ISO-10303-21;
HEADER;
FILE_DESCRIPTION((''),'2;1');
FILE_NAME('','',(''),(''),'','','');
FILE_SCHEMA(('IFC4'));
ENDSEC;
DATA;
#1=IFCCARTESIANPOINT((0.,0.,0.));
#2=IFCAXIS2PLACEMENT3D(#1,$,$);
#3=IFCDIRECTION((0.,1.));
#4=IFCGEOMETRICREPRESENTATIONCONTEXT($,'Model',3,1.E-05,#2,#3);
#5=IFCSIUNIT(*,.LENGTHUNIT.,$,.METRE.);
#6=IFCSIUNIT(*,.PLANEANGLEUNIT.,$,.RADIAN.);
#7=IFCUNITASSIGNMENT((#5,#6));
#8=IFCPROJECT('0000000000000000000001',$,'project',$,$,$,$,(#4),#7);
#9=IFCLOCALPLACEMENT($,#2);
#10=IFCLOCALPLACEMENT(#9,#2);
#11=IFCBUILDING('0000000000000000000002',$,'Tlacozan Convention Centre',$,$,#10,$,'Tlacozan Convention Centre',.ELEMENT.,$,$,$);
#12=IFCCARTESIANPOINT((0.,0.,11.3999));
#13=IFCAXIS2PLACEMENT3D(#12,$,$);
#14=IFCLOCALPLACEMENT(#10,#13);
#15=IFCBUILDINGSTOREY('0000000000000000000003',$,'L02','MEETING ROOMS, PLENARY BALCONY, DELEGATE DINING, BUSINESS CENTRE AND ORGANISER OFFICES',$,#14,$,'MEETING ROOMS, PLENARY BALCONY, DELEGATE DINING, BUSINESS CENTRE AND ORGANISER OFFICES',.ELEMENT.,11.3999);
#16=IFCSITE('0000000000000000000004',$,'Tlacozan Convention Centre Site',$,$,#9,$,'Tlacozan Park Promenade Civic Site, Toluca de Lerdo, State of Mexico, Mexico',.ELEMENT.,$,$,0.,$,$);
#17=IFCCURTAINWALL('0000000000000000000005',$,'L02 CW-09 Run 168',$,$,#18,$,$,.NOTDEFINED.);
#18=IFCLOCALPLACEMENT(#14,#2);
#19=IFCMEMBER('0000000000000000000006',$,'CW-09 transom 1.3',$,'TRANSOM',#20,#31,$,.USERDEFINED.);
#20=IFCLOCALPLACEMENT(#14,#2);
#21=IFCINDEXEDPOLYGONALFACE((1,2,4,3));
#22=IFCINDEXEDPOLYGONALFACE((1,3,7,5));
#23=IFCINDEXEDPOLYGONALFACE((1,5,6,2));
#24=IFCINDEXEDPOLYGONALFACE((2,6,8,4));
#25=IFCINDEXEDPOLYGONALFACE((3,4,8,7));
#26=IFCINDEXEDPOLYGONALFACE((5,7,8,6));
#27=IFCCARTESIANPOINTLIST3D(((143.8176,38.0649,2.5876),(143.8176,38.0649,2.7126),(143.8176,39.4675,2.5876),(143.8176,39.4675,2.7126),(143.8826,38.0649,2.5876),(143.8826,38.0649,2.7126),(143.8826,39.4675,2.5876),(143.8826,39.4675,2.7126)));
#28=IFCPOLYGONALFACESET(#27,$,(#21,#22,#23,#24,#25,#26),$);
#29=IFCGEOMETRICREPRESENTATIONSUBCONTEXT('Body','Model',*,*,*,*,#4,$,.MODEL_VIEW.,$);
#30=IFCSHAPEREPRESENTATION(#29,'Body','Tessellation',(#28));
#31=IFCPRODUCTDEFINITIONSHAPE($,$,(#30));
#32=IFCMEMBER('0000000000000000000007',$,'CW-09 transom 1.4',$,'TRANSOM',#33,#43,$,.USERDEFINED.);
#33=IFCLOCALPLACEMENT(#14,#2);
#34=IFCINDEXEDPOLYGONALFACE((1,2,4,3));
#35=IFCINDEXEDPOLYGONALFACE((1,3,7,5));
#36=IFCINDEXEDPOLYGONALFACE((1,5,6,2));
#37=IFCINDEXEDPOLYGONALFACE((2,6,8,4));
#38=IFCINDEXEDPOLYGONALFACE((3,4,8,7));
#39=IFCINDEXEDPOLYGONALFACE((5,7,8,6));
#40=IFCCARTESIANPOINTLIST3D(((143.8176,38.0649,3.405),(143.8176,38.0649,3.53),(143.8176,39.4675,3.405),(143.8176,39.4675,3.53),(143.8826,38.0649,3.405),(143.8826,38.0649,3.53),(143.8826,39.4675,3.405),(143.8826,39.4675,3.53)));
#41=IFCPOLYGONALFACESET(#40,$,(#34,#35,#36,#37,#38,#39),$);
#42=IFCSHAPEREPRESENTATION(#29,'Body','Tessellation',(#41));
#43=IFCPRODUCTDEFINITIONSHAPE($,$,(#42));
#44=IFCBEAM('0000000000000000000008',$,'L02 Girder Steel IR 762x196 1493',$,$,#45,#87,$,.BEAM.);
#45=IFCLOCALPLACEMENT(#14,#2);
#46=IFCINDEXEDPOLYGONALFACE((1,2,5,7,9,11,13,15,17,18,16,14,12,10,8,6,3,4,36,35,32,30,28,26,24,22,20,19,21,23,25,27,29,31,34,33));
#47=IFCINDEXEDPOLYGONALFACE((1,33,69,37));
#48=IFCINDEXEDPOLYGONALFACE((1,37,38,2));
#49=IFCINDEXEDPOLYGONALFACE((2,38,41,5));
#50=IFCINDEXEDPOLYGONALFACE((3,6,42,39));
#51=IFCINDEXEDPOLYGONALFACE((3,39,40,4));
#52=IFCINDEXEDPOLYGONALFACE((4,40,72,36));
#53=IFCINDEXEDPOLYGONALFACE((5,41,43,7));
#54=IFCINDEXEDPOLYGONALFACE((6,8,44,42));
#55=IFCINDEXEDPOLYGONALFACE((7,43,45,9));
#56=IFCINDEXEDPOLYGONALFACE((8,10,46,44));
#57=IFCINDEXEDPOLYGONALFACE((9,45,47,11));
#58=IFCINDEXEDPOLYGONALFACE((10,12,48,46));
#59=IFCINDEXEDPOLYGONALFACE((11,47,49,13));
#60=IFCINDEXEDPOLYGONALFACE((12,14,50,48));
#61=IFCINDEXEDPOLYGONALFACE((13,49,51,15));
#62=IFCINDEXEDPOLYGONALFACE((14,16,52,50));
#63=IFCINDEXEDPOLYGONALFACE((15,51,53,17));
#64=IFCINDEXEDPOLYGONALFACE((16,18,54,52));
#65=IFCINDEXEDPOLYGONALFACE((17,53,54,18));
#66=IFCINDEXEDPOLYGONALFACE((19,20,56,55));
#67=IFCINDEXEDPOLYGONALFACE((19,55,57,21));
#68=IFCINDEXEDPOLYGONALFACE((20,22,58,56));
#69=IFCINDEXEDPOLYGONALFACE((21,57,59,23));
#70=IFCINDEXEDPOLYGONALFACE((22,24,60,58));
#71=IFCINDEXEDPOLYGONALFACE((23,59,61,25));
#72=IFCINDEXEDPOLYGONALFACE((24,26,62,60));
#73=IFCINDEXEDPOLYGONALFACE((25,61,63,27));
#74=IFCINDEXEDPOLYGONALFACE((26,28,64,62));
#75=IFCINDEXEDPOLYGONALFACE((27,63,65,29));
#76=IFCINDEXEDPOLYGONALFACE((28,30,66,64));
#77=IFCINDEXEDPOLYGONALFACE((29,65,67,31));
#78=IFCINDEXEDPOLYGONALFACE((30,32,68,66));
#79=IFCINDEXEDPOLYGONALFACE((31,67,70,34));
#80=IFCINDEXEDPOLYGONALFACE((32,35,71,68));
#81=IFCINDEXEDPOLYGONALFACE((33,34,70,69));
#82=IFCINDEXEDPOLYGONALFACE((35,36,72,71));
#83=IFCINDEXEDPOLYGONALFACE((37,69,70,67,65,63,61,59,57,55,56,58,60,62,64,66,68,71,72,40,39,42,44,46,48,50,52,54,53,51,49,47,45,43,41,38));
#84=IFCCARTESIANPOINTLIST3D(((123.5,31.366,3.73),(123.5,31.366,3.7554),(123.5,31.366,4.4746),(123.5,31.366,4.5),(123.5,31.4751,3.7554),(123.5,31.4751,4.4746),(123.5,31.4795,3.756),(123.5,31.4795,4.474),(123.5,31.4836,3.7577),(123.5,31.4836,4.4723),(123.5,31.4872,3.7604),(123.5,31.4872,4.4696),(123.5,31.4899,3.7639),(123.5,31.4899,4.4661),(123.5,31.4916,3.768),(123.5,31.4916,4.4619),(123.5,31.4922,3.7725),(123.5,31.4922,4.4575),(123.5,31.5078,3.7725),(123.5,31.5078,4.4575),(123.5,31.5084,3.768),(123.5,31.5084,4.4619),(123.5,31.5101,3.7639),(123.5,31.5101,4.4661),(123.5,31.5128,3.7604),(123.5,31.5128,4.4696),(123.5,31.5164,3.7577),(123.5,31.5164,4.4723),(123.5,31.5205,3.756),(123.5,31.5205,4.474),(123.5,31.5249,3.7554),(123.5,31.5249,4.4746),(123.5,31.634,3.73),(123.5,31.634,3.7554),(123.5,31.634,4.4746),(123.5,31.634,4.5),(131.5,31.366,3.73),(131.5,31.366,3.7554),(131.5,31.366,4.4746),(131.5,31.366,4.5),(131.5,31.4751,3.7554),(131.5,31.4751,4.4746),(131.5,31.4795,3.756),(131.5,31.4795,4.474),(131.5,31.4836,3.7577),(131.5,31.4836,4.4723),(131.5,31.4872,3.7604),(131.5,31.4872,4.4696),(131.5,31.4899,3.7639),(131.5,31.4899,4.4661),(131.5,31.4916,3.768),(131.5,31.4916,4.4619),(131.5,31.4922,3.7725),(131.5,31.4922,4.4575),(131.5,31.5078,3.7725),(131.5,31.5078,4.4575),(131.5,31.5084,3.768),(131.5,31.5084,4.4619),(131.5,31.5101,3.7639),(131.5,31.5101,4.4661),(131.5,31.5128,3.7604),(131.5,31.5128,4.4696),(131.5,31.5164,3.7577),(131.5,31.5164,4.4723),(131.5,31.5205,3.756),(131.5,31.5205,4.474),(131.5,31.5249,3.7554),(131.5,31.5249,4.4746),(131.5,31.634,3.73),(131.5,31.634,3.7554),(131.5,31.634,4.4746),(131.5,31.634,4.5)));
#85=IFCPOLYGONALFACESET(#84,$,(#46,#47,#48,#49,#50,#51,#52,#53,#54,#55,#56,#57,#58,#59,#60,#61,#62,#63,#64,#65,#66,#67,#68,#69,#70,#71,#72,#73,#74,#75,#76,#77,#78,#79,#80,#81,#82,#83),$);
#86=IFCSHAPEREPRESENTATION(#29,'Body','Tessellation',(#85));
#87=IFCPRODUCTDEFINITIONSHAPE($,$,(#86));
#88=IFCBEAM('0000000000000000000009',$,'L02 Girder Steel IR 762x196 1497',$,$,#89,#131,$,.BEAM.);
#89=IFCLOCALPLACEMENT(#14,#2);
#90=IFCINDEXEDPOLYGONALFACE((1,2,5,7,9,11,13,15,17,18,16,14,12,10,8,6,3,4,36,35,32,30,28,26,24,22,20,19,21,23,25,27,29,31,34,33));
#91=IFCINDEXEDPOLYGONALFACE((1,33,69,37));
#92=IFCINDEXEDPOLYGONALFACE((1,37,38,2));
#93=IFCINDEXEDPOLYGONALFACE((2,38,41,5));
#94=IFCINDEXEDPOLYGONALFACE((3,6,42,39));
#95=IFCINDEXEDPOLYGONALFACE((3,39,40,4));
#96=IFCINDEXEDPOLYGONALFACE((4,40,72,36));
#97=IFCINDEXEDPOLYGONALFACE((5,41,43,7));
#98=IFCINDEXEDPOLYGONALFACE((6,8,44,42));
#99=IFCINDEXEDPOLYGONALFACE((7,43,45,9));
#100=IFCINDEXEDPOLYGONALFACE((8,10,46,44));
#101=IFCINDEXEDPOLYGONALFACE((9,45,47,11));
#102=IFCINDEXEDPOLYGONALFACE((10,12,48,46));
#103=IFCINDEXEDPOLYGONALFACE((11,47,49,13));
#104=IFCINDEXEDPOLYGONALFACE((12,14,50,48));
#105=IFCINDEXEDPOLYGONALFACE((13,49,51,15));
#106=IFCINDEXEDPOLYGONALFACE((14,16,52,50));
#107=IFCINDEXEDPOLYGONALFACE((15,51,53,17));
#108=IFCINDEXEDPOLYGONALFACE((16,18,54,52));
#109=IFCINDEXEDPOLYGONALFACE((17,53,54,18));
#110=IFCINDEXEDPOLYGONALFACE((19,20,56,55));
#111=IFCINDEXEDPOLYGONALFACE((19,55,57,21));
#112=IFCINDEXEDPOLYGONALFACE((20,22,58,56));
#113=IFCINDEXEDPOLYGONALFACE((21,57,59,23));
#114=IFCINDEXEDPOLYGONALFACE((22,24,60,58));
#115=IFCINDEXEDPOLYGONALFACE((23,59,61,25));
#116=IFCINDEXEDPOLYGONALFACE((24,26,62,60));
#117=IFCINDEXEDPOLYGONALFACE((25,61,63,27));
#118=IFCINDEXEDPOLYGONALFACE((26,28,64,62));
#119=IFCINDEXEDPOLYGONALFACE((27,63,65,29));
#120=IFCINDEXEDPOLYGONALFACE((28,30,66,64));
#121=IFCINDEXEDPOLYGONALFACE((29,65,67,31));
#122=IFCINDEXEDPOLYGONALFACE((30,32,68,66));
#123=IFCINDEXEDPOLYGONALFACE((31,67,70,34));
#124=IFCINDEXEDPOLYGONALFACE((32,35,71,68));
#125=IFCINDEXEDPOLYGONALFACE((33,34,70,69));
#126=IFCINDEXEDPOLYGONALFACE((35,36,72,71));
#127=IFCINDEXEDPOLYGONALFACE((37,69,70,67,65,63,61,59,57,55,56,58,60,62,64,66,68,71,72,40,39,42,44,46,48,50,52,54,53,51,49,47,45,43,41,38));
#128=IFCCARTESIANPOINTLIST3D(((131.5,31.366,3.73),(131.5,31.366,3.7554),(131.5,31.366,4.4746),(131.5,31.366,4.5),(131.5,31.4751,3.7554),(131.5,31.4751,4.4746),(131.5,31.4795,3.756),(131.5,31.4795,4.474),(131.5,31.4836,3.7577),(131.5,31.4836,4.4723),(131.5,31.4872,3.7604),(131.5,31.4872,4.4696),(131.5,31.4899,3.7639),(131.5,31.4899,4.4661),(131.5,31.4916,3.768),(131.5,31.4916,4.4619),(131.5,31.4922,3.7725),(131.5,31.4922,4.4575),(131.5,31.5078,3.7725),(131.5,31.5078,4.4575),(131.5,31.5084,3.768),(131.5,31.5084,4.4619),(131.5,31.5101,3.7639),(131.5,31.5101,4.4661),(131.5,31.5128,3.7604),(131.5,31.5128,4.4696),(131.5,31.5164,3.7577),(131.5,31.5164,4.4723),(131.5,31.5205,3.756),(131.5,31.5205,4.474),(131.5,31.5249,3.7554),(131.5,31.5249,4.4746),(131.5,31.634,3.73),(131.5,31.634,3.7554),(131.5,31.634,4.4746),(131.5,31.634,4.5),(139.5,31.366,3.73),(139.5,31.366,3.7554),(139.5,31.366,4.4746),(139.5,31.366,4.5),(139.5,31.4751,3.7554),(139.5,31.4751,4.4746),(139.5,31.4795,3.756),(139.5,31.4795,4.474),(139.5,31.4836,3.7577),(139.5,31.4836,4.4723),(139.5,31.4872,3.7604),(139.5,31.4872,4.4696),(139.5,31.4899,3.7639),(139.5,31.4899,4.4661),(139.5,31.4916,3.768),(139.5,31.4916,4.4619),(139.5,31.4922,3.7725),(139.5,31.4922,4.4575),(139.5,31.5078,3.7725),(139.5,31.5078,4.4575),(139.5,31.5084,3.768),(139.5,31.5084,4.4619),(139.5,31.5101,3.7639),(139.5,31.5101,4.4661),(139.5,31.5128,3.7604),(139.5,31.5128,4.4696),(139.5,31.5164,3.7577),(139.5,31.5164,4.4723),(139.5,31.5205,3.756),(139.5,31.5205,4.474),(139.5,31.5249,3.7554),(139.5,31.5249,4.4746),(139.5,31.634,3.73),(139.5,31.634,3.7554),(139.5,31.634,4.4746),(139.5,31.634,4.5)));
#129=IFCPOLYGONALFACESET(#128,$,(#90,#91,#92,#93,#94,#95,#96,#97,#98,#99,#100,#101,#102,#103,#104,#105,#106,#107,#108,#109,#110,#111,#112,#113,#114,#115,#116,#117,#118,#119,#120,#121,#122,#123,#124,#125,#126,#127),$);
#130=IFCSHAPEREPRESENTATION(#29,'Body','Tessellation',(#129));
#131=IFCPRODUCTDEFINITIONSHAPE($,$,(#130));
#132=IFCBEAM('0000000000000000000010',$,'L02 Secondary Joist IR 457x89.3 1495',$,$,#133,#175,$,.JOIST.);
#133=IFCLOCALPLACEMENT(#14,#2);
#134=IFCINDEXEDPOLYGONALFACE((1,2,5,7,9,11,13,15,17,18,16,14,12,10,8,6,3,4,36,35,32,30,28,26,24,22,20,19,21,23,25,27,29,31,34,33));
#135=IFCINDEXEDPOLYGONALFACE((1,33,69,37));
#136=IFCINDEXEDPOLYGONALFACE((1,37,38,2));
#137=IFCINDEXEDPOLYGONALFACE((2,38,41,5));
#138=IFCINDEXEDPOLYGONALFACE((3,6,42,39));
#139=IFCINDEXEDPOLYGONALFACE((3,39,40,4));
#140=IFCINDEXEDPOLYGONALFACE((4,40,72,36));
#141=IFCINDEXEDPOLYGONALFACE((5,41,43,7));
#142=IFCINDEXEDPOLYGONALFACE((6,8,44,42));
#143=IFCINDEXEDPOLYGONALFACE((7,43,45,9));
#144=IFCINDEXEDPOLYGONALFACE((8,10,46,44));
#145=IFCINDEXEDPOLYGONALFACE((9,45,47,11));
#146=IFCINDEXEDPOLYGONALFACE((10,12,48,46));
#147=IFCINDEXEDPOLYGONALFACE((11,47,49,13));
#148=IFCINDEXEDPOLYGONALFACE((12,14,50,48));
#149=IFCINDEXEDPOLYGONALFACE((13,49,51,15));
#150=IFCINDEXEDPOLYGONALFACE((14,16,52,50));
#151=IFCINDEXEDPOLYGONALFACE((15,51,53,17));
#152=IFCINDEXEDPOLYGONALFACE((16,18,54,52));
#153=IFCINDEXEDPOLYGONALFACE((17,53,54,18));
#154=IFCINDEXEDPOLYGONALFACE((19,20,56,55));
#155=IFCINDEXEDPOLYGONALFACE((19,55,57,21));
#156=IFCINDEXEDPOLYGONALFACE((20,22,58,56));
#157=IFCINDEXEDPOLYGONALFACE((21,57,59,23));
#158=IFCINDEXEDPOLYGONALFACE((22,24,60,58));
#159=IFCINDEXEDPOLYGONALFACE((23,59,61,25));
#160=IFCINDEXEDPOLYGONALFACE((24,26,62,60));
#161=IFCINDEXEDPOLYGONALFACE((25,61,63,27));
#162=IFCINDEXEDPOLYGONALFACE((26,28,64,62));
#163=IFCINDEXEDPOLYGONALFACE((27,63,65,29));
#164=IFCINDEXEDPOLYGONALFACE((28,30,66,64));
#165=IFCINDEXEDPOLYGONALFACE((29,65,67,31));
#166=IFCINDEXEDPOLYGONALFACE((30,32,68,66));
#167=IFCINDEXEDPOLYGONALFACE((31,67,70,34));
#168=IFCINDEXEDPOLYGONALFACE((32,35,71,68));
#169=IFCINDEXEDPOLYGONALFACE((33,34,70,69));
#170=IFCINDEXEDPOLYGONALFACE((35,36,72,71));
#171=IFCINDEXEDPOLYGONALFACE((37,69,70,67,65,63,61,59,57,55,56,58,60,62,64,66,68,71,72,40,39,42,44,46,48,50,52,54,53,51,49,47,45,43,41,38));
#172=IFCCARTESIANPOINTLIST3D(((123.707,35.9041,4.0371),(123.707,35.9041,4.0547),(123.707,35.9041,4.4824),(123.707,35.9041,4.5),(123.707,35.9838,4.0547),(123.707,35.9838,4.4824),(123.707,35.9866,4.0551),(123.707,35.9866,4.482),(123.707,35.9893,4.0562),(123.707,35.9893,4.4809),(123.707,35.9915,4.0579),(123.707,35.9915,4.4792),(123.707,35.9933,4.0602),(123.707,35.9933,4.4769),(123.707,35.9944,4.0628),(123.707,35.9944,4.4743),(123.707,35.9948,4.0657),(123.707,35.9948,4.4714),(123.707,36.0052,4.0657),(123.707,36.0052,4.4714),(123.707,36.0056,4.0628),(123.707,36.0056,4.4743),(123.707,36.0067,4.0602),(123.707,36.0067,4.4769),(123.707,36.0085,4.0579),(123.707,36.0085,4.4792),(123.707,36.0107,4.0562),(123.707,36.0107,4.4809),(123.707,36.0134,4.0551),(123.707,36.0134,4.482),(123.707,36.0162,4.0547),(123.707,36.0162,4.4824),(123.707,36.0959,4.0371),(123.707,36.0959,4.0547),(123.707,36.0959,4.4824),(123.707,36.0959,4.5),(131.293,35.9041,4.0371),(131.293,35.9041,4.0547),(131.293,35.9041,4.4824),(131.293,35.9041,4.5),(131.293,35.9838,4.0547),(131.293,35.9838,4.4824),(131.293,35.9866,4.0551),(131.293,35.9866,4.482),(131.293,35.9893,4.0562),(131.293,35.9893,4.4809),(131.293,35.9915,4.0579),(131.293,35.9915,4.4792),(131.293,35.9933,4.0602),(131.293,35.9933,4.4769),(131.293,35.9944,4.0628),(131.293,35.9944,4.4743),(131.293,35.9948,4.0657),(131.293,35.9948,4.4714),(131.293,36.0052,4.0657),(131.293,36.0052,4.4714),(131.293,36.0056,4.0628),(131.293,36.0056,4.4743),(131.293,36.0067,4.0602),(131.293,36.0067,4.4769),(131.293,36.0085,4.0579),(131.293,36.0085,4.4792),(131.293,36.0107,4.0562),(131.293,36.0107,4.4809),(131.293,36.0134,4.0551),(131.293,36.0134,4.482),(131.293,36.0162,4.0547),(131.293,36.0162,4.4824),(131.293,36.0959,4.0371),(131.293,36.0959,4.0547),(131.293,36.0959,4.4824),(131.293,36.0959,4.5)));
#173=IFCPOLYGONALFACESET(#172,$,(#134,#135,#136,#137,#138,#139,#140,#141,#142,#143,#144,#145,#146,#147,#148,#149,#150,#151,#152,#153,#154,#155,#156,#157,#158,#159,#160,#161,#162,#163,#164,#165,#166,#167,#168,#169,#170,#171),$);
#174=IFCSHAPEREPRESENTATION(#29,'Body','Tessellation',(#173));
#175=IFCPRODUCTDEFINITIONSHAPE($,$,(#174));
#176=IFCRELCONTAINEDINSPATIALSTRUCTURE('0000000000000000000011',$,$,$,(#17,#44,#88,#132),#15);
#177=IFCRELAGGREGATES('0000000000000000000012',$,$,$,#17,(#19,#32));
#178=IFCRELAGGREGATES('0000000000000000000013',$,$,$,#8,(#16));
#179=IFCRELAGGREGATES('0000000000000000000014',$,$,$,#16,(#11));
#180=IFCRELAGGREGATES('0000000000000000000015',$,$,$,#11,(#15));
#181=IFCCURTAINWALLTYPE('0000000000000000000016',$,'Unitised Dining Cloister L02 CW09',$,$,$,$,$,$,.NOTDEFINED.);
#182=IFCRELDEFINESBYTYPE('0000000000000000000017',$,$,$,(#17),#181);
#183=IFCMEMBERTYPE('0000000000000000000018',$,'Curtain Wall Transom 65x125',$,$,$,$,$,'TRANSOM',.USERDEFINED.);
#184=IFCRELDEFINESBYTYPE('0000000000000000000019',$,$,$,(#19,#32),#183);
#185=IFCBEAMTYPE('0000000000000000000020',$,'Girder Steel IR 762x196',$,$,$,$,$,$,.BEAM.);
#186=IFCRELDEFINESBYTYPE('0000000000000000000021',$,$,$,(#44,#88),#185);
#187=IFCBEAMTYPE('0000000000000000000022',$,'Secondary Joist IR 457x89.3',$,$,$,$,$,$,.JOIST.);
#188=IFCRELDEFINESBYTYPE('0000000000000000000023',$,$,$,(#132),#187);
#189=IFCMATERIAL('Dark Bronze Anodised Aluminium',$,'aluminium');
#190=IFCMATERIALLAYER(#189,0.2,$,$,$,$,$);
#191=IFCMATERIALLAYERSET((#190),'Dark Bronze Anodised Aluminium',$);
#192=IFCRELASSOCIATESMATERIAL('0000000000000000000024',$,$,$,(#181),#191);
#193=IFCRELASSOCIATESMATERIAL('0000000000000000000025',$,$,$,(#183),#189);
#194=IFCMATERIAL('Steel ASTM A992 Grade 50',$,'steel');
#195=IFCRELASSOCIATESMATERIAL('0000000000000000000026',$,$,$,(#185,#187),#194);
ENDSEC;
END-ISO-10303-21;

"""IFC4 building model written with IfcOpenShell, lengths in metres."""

from ifc_helpers import new_model, si_unit, direction, frame, origin, origin_2d, place, context, subcontext, project, spatial, rectangle, i_section, extrude, material, layer, layer_set, material_profile, profile_set, type_object, element, aggregate, save


model = new_model("IFC4")

# Units and contexts
model_context = context("Model", 3, precision=1e-05, world=origin(), true_north=direction((0.0, 1.0)))
body_context = subcontext(model_context, "Body", "Model", "MODEL_VIEW")
ifc_project = project(units=[si_unit("LENGTHUNIT", "METRE"), si_unit("PLANEANGLEUNIT", "RADIAN")], contexts=[model_context])

# Site, building, storey
site_placement = place(None, origin())
site = spatial("IfcSite", under=ifc_project, at=site_placement, Name="Tlacozan Convention Centre Site", LongName="Tlacozan Park Promenade Civic Site, Toluca de Lerdo, State of Mexico, Mexico", CompositionType="ELEMENT", RefElevation=0.0)
building_placement = place(site_placement, origin())
building = spatial("IfcBuilding", under=site, at=building_placement, Name="Tlacozan Convention Centre", LongName="Tlacozan Convention Centre", CompositionType="ELEMENT")
storey_placement = place(building_placement, frame((0.0, 0.0, 11.3999)))
storey = spatial("IfcBuildingStorey", under=building, at=storey_placement, Name="L02", Description="MEETING ROOMS, PLENARY BALCONY, DELEGATE DINING, BUSINESS CENTRE AND ORGANISER OFFICES", LongName="MEETING ROOMS, PLENARY BALCONY, DELEGATE DINING, BUSINESS CENTRE AND ORGANISER OFFICES", CompositionType="ELEMENT", Elevation=11.3999)

# Shared definitions
ifc_material_1 = material(Name="Steel ASTM A992 Grade 50", Category="steel")

# Curtain wall, members
ifc_material_2 = material(Name="Dark Bronze Anodised Aluminium", Category="aluminium")
ifc_layer_1 = layer(ifc_material_2, 0.2)
ifc_layer_set_1 = layer_set([ifc_layer_1], Name="Dark Bronze Anodised Aluminium")
curtain_wall_type_1 = type_object("IfcCurtainWallType", Name="Unitised Dining Cloister L02 CW09", PredefinedType="NOTDEFINED", material=ifc_layer_set_1)
curtain_wall_1_placement = place(storey_placement, origin())
curtain_wall_1 = element("IfcCurtainWall", 1, at=curtain_wall_1_placement, inside=storey, type_object=curtain_wall_type_1, Name="L02 CW-09 Run 168", PredefinedType="NOTDEFINED")
ifc_material_profile_1 = material_profile(ifc_material_2, rectangle(XDim=0.0649, YDim=0.125, at=origin_2d()), Name="ALU 65x125")
ifc_profile_set_1 = profile_set([ifc_material_profile_1], Name="Dark Bronze Anodised Aluminium")
member_type_1 = type_object("IfcMemberType", Name="Curtain Wall Transom 65x125", ElementType="TRANSOM", PredefinedType="USERDEFINED", material=ifc_profile_set_1)
member_1_placement = place(storey_placement, frame((143.8501, 38.0649, 2.6501), z_axis=(0.0, 1.0, 0.0), x_axis=(-1.0, 0.0, 0.0)))
member_1 = element("IfcMember", 2, at=member_1_placement, type_object=member_type_1, Name="CW-09 transom 1.3", ObjectType="TRANSOM", PredefinedType="USERDEFINED", context=body_context, shape_type="SweptSolid", body=[
    extrude(rectangle(XDim=0.0649, YDim=0.125, at=origin_2d()), origin(), (0.0, 0.0, 1.0), 1.4026),
])
member_2_placement = place(storey_placement, frame((143.8501, 38.0649, 3.4675), z_axis=(0.0, 1.0, 0.0), x_axis=(-1.0, 0.0, 0.0)))
member_2 = element("IfcMember", 3, at=member_2_placement, type_object=member_type_1, Name="CW-09 transom 1.4", ObjectType="TRANSOM", PredefinedType="USERDEFINED", context=body_context, shape_type="SweptSolid", body=[
    extrude(rectangle(XDim=0.0649, YDim=0.125, at=origin_2d()), origin(), (0.0, 0.0, 1.0), 1.4026),
])

# Beams
ifc_material_profile_2 = material_profile(ifc_material_1, i_section(OverallWidth=0.2681, OverallDepth=0.77, WebThickness=0.0156, FlangeThickness=0.0254, FilletRadius=0.0171, at=origin_2d()), Name="IR 762x196.0")
ifc_profile_set_2 = profile_set([ifc_material_profile_2], Name="Steel ASTM A992 Grade 50")
beam_type_1 = type_object("IfcBeamType", Name="Girder Steel IR 762x196", PredefinedType="BEAM", material=ifc_profile_set_2)
for number, where, z_axis, x_axis, name in (
    (4, (123.5, 31.5, 4.115), (1.0, 0.0, 0.0), (0.0, 1.0, 0.0), "L02 Girder Steel IR 762x196 1493"),
    (5, (131.5, 31.5, 4.115), (1.0, 0.0, 0.0), (0.0, 1.0, 0.0), "L02 Girder Steel IR 762x196 1497"),
):
    element("IfcBeam", number, at=place(storey_placement, frame(where, z_axis=z_axis, x_axis=x_axis)), inside=storey, type_object=beam_type_1, Name=name, PredefinedType="BEAM", context=body_context, shape_type="SweptSolid", body=[
        extrude(i_section(OverallWidth=0.2681, OverallDepth=0.77, WebThickness=0.0156, FlangeThickness=0.0254, FilletRadius=0.0171, at=origin_2d()), origin(), (0.0, 0.0, 1.0), 8.0),
    ])
ifc_material_profile_3 = material_profile(ifc_material_1, i_section(OverallWidth=0.1919, OverallDepth=0.4629, WebThickness=0.0105, FlangeThickness=0.0176, FilletRadius=0.011, at=origin_2d()), Name="IR 457x89.3")
ifc_profile_set_3 = profile_set([ifc_material_profile_3], Name="Steel ASTM A992 Grade 50")
beam_type_2 = type_object("IfcBeamType", Name="Secondary Joist IR 457x89.3", PredefinedType="JOIST", material=ifc_profile_set_3)
for number, where, z_axis, x_axis, name in (
    (6, (123.707, 36.0, 4.2686), (1.0, 0.0, 0.0), (0.0, 1.0, 0.0), "L02 Secondary Joist IR 457x89.3 1495"),
):
    element("IfcBeam", number, at=place(storey_placement, frame(where, z_axis=z_axis, x_axis=x_axis)), inside=storey, type_object=beam_type_2, Name=name, PredefinedType="JOIST", context=body_context, shape_type="SweptSolid", body=[
        extrude(i_section(OverallWidth=0.1919, OverallDepth=0.4629, WebThickness=0.0105, FlangeThickness=0.0176, FilletRadius=0.011, at=origin_2d()), origin(), (0.0, 0.0, 1.0), 7.5859),
    ])

aggregate(curtain_wall_1, [member_1, member_2])

save(model, "model.ifc")
